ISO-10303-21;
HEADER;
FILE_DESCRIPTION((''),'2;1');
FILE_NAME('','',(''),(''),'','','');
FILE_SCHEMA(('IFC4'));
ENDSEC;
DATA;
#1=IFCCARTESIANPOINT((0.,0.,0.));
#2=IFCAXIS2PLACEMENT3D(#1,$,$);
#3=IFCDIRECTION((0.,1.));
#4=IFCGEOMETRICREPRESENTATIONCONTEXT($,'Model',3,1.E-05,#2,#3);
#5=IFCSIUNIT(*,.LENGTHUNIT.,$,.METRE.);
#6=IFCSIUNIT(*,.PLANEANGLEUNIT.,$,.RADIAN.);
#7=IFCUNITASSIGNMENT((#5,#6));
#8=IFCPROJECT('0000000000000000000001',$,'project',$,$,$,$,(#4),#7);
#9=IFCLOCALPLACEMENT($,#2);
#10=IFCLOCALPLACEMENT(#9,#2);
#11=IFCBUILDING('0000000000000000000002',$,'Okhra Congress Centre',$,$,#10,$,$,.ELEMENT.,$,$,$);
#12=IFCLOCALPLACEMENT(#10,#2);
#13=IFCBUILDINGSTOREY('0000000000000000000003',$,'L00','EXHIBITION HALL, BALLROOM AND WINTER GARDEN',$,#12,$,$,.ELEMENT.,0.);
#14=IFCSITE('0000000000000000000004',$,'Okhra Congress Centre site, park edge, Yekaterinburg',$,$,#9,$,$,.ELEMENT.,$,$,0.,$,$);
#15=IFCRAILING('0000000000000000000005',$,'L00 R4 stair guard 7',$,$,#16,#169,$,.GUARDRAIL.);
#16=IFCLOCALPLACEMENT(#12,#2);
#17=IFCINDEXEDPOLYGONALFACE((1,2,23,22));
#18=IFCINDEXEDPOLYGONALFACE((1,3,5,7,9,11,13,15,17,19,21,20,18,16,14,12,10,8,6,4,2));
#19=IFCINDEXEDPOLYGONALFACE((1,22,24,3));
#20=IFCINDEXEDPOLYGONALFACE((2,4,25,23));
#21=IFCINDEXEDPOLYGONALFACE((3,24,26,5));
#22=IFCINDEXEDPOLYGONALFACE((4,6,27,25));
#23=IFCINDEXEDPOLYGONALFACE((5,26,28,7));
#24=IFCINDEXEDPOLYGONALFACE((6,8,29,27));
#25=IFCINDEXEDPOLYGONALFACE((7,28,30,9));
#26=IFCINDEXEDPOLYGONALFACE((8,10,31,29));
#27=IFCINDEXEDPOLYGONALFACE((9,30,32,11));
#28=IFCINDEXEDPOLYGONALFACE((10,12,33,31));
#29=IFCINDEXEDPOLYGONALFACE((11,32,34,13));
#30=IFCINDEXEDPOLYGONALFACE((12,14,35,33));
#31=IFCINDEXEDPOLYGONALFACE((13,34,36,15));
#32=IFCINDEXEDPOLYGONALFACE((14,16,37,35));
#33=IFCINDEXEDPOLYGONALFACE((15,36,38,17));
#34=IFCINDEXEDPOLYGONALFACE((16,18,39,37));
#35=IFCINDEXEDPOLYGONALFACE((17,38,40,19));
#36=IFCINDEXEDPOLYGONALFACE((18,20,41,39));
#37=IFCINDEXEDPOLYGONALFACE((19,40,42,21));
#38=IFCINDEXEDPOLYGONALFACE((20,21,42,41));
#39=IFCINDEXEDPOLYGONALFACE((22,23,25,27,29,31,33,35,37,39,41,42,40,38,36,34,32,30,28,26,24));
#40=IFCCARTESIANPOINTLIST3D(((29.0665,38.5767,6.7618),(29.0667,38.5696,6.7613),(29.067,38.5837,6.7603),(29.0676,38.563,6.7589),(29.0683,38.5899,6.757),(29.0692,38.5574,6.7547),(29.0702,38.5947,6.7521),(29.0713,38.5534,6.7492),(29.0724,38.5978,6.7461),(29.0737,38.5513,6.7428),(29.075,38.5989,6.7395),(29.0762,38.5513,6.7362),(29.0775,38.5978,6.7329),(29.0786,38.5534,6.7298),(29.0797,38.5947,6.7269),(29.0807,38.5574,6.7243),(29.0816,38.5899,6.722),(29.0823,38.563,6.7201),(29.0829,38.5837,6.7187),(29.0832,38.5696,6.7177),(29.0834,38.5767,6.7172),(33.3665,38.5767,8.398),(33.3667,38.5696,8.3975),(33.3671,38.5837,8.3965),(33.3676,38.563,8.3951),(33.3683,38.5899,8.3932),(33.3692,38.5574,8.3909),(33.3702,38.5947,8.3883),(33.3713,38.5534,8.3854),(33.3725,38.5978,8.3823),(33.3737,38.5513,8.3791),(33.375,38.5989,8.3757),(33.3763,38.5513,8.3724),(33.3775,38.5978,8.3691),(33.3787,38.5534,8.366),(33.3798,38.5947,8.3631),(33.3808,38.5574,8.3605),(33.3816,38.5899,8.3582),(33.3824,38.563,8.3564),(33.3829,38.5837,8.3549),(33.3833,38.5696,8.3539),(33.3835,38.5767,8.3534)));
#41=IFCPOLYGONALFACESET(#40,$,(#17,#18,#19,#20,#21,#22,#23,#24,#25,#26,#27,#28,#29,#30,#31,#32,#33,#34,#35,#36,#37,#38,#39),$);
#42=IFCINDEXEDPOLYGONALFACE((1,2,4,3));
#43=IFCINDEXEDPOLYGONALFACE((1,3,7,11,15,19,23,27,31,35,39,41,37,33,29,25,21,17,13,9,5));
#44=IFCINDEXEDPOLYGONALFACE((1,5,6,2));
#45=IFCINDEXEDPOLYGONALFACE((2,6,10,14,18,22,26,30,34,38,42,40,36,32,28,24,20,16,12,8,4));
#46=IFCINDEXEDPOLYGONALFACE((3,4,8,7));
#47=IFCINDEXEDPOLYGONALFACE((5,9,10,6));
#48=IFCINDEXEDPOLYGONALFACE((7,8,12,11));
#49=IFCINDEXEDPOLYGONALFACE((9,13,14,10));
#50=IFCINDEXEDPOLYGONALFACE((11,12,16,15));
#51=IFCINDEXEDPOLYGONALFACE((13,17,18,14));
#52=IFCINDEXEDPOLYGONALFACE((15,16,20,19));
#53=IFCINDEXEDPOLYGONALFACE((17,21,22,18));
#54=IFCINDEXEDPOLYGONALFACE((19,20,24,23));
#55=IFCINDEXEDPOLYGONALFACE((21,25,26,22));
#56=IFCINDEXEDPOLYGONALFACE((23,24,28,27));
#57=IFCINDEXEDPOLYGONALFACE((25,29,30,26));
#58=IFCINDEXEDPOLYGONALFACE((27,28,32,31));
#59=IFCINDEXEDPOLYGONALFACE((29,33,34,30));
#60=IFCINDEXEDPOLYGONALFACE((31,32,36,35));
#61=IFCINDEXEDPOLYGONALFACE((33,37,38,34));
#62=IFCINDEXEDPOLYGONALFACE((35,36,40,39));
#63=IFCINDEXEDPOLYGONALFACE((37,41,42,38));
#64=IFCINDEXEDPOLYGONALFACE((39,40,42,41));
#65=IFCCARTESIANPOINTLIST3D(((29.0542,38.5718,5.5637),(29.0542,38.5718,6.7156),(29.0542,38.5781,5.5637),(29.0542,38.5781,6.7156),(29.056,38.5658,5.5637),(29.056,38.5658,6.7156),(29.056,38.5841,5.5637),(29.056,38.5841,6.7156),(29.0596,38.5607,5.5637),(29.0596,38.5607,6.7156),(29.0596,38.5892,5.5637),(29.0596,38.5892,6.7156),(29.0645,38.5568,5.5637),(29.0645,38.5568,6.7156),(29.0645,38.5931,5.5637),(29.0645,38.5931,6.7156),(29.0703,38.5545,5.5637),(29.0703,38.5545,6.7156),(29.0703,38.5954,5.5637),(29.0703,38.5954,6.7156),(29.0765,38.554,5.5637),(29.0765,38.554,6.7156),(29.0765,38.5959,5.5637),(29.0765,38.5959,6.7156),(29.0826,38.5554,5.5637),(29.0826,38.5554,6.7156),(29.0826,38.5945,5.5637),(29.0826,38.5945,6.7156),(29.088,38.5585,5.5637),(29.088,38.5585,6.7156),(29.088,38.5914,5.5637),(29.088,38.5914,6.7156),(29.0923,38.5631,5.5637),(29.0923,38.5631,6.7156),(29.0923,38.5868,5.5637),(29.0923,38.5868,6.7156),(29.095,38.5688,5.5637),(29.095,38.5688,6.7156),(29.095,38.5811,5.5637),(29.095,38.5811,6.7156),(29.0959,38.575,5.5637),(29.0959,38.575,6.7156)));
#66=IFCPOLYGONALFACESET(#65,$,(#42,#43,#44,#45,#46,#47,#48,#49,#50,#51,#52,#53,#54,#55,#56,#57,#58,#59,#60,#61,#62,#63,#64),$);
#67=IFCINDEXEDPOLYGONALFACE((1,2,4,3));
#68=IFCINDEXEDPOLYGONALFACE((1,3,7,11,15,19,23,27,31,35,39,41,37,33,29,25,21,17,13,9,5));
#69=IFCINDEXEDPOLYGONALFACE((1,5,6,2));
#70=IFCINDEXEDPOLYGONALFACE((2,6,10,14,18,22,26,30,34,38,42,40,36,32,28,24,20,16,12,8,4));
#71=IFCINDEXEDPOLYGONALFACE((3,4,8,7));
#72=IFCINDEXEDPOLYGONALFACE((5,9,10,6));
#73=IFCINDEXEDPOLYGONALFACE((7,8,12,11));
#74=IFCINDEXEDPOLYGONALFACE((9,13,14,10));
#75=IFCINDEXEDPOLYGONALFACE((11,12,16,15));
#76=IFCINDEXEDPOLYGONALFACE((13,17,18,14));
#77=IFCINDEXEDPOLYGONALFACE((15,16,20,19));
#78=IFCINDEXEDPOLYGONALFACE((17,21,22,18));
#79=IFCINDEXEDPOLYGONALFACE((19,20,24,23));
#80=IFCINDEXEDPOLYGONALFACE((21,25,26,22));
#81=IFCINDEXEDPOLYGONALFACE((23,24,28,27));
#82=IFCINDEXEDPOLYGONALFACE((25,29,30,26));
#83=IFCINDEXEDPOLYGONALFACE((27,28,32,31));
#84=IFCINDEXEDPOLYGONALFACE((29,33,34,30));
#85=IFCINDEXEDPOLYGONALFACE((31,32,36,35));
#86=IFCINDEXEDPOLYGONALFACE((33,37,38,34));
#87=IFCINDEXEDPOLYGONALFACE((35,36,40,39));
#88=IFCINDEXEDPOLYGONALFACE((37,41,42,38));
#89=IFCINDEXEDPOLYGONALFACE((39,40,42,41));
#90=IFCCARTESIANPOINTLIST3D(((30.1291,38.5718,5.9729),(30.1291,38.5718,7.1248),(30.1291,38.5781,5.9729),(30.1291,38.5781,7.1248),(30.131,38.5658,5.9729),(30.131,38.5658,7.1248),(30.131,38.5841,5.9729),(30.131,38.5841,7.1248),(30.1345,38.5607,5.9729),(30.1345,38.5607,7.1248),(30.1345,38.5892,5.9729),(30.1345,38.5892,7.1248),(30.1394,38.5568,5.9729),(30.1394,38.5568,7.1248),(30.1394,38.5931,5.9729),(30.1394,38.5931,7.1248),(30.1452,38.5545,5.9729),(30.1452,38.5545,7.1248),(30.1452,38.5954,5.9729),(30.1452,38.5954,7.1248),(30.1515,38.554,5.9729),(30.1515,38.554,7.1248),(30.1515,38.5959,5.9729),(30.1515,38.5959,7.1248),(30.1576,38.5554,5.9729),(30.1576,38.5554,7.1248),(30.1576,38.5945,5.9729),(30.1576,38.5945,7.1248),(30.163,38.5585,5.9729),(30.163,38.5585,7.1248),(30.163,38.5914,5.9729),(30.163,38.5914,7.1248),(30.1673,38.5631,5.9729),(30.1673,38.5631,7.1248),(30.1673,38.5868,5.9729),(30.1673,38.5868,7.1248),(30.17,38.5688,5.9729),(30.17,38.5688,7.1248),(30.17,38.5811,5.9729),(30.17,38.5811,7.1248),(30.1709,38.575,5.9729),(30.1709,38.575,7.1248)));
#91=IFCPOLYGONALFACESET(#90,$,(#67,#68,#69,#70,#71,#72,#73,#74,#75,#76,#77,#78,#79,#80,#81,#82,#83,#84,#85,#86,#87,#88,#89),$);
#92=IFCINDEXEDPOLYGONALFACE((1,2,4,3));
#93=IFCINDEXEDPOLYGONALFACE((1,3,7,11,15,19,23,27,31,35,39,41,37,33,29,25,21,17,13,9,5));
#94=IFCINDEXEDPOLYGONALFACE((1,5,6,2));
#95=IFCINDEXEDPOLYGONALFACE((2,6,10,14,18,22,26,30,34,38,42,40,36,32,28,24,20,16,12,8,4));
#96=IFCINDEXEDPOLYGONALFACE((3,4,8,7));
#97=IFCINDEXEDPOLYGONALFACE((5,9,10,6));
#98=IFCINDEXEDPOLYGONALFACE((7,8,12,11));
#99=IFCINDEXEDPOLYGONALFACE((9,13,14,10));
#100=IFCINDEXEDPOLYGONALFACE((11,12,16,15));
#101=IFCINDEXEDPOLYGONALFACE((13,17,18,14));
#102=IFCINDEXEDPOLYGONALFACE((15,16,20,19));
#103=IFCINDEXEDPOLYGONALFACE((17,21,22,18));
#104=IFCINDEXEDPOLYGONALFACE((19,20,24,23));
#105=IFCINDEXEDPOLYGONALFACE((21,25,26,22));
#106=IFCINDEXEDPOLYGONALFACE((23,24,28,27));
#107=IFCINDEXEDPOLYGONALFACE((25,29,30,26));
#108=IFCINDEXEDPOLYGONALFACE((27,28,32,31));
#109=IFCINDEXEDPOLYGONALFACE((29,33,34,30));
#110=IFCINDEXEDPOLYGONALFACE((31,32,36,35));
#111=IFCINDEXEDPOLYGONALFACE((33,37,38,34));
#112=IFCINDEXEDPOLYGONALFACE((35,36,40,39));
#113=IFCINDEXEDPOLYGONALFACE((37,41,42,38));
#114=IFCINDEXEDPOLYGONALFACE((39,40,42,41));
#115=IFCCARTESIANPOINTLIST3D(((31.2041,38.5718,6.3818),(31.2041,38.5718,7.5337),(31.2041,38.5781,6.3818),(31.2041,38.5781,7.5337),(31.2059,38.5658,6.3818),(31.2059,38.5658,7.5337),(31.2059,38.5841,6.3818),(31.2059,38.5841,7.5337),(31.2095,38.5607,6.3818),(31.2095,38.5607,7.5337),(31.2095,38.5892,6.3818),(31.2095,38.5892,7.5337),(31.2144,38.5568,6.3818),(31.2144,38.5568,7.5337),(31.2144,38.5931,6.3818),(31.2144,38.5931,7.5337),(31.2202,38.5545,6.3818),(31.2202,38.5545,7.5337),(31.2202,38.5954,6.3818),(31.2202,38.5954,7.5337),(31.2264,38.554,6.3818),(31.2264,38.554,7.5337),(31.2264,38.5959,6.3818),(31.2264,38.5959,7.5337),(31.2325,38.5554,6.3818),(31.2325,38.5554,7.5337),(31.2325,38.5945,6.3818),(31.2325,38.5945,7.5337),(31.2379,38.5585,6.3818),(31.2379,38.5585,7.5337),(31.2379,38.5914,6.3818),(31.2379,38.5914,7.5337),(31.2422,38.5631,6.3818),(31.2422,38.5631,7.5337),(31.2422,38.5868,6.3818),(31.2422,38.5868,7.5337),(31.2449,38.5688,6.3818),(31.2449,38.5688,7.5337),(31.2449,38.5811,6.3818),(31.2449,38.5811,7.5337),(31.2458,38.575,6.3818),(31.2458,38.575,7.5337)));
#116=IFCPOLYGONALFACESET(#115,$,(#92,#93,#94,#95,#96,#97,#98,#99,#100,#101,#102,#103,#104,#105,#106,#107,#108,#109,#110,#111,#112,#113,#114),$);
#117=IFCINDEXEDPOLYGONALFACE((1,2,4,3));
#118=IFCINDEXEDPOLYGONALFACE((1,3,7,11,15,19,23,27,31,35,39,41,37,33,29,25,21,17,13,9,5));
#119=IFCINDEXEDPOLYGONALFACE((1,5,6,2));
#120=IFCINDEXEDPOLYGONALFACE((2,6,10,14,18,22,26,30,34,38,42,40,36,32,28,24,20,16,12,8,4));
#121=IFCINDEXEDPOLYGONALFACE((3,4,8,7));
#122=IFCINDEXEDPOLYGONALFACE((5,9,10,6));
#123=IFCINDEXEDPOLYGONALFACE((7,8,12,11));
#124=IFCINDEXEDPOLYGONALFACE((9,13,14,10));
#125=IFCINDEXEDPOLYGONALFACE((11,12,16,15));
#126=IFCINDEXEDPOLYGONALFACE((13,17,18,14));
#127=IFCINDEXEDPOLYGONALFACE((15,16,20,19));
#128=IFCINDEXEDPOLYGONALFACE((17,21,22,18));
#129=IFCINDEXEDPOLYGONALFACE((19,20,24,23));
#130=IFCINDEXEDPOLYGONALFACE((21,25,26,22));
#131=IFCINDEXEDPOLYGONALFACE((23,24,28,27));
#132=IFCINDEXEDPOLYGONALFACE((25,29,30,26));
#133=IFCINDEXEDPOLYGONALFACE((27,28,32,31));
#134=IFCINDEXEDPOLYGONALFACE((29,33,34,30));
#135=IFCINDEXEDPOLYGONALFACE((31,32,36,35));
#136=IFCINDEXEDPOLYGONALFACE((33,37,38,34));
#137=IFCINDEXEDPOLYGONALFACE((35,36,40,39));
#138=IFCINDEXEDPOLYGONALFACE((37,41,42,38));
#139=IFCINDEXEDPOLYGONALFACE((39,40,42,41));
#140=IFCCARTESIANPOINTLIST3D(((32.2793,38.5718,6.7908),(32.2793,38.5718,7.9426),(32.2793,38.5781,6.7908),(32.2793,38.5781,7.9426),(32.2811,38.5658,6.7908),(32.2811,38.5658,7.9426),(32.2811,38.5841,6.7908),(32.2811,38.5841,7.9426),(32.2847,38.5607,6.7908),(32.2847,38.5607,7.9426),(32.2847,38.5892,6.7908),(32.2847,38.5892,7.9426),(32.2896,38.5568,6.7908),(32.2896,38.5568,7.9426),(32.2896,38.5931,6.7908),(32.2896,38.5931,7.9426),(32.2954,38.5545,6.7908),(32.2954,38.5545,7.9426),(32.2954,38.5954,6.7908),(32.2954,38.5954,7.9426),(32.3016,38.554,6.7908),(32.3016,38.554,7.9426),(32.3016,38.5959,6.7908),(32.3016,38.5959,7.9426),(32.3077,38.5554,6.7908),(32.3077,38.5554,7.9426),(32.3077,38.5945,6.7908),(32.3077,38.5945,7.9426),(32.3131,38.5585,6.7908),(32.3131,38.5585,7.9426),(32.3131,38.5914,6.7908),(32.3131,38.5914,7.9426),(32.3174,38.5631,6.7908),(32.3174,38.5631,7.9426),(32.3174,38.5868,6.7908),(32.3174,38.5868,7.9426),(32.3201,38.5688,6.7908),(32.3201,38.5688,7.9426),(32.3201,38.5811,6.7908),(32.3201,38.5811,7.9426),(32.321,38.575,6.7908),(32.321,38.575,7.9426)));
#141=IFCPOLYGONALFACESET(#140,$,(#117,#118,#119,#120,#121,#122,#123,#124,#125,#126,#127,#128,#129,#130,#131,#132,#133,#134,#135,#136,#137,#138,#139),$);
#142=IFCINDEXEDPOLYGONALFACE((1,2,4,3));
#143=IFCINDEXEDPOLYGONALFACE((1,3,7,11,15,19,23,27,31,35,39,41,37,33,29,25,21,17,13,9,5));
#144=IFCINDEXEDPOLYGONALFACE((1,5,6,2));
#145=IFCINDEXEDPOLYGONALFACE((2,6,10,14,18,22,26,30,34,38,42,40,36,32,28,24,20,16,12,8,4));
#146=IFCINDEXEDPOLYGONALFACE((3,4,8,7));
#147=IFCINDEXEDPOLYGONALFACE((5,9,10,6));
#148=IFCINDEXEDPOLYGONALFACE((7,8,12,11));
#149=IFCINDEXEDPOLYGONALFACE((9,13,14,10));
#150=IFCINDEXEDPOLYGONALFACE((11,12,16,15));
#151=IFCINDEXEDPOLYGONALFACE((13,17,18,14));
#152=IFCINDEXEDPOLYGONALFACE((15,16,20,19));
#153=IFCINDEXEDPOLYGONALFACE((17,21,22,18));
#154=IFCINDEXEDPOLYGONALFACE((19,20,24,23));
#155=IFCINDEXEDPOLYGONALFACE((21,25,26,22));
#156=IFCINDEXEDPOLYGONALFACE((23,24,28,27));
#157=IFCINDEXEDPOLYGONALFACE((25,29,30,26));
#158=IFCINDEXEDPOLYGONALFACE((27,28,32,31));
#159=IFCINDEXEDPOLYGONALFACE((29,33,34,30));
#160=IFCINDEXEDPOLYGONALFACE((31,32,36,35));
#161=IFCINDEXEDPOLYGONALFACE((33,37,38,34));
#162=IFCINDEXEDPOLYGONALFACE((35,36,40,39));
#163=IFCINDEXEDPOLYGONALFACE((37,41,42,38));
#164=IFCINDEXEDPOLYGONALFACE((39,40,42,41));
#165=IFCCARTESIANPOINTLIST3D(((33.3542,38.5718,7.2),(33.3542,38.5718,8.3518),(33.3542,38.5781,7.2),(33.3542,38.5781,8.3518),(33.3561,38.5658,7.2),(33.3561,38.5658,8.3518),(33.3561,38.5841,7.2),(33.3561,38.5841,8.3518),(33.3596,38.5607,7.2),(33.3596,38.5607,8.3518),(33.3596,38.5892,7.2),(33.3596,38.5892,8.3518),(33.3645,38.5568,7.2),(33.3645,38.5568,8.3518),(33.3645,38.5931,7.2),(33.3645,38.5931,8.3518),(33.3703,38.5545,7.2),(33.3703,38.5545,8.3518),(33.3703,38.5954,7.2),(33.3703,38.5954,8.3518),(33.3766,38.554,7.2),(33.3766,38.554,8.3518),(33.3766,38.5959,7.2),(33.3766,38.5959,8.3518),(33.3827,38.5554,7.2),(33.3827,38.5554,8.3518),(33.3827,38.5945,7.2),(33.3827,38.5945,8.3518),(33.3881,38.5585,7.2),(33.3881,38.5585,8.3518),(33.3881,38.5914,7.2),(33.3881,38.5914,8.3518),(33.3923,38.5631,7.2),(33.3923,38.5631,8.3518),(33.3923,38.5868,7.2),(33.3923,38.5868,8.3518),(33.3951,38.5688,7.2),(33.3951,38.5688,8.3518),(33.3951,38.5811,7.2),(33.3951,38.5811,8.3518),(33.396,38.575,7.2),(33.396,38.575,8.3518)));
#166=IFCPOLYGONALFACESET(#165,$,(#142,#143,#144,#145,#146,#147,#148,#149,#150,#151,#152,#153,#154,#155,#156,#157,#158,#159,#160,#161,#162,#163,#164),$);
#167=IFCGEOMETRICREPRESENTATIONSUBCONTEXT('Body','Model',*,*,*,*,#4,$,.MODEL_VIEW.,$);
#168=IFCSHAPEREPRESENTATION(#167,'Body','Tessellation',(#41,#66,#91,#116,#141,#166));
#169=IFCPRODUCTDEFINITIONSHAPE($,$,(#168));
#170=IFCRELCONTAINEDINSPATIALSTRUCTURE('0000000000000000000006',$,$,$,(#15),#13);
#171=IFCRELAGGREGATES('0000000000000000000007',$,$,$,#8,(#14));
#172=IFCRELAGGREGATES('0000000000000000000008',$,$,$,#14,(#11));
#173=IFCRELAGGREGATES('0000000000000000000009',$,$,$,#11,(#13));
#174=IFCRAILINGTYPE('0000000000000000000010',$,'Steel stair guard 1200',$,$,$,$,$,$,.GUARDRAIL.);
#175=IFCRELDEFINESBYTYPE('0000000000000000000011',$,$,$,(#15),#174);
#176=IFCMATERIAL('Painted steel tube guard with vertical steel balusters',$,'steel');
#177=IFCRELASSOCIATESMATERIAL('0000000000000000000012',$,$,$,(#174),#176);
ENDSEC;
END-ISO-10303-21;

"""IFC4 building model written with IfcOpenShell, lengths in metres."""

from ifc_helpers import new_model, si_unit, direction, frame, origin, origin_2d, place, context, subcontext, project, spatial, circle, extrude, material, type_object, element, save


model = new_model("IFC4")

# Units and contexts
model_context = context("Model", 3, precision=1e-05, world=origin(), true_north=direction((0.0, 1.0)))
body_context = subcontext(model_context, "Body", "Model", "MODEL_VIEW")
ifc_project = project(units=[si_unit("LENGTHUNIT", "METRE"), si_unit("PLANEANGLEUNIT", "RADIAN")], contexts=[model_context])

# Site, building, storey
site_placement = place(None, origin())
site = spatial("IfcSite", under=ifc_project, at=site_placement, Name="Okhra Congress Centre site, park edge, Yekaterinburg", CompositionType="ELEMENT", RefElevation=0.0)
building_placement = place(site_placement, origin())
building = spatial("IfcBuilding", under=site, at=building_placement, Name="Okhra Congress Centre", CompositionType="ELEMENT")
storey_placement = place(building_placement, origin())
storey = spatial("IfcBuildingStorey", under=building, at=storey_placement, Name="L00", Description="EXHIBITION HALL, BALLROOM AND WINTER GARDEN", CompositionType="ELEMENT", Elevation=0.0)

# Railing
ifc_material_1 = material(Name="Painted steel tube guard with vertical steel balusters", Category="steel")
railing_type_1 = type_object("IfcRailingType", Name="Steel stair guard 1200", PredefinedType="GUARDRAIL", material=ifc_material_1)
railing_1_placement = place(storey_placement, frame((29.075, 38.575, 5.5637)))
element("IfcRailing", 1, at=railing_1_placement, inside=storey, type_object=railing_type_1, Name="L00 R4 stair guard 7", PredefinedType="GUARDRAIL", context=body_context, shape_type="SweptSolid", body=[
    extrude(circle(Radius=0.0239, at=origin_2d()), frame((0.0, 0.0, 1.1758), z_axis=(0.934624, 0.0, 0.355638), x_axis=(0.0, 1.0, 0.0)), (0.0, 0.0, 1.0), 4.6008),
    extrude(circle(Radius=0.021, at=origin_2d()), origin(), (0.0, 0.0, 1.0), 1.1519),
    extrude(circle(Radius=0.021, at=origin_2d()), frame((1.075, 0.0, 0.4092)), (0.0, 0.0, 1.0), 1.1519),
    extrude(circle(Radius=0.021, at=origin_2d()), frame((2.1499, 0.0, 0.8181)), (0.0, 0.0, 1.0), 1.1519),
    extrude(circle(Radius=0.021, at=origin_2d()), frame((3.2251, 0.0, 1.2271)), (0.0, 0.0, 1.0), 1.1519),
    extrude(circle(Radius=0.021, at=origin_2d()), frame((4.3, 0.0, 1.6362)), (0.0, 0.0, 1.0), 1.1519),
])

save(model, "model.ifc")
